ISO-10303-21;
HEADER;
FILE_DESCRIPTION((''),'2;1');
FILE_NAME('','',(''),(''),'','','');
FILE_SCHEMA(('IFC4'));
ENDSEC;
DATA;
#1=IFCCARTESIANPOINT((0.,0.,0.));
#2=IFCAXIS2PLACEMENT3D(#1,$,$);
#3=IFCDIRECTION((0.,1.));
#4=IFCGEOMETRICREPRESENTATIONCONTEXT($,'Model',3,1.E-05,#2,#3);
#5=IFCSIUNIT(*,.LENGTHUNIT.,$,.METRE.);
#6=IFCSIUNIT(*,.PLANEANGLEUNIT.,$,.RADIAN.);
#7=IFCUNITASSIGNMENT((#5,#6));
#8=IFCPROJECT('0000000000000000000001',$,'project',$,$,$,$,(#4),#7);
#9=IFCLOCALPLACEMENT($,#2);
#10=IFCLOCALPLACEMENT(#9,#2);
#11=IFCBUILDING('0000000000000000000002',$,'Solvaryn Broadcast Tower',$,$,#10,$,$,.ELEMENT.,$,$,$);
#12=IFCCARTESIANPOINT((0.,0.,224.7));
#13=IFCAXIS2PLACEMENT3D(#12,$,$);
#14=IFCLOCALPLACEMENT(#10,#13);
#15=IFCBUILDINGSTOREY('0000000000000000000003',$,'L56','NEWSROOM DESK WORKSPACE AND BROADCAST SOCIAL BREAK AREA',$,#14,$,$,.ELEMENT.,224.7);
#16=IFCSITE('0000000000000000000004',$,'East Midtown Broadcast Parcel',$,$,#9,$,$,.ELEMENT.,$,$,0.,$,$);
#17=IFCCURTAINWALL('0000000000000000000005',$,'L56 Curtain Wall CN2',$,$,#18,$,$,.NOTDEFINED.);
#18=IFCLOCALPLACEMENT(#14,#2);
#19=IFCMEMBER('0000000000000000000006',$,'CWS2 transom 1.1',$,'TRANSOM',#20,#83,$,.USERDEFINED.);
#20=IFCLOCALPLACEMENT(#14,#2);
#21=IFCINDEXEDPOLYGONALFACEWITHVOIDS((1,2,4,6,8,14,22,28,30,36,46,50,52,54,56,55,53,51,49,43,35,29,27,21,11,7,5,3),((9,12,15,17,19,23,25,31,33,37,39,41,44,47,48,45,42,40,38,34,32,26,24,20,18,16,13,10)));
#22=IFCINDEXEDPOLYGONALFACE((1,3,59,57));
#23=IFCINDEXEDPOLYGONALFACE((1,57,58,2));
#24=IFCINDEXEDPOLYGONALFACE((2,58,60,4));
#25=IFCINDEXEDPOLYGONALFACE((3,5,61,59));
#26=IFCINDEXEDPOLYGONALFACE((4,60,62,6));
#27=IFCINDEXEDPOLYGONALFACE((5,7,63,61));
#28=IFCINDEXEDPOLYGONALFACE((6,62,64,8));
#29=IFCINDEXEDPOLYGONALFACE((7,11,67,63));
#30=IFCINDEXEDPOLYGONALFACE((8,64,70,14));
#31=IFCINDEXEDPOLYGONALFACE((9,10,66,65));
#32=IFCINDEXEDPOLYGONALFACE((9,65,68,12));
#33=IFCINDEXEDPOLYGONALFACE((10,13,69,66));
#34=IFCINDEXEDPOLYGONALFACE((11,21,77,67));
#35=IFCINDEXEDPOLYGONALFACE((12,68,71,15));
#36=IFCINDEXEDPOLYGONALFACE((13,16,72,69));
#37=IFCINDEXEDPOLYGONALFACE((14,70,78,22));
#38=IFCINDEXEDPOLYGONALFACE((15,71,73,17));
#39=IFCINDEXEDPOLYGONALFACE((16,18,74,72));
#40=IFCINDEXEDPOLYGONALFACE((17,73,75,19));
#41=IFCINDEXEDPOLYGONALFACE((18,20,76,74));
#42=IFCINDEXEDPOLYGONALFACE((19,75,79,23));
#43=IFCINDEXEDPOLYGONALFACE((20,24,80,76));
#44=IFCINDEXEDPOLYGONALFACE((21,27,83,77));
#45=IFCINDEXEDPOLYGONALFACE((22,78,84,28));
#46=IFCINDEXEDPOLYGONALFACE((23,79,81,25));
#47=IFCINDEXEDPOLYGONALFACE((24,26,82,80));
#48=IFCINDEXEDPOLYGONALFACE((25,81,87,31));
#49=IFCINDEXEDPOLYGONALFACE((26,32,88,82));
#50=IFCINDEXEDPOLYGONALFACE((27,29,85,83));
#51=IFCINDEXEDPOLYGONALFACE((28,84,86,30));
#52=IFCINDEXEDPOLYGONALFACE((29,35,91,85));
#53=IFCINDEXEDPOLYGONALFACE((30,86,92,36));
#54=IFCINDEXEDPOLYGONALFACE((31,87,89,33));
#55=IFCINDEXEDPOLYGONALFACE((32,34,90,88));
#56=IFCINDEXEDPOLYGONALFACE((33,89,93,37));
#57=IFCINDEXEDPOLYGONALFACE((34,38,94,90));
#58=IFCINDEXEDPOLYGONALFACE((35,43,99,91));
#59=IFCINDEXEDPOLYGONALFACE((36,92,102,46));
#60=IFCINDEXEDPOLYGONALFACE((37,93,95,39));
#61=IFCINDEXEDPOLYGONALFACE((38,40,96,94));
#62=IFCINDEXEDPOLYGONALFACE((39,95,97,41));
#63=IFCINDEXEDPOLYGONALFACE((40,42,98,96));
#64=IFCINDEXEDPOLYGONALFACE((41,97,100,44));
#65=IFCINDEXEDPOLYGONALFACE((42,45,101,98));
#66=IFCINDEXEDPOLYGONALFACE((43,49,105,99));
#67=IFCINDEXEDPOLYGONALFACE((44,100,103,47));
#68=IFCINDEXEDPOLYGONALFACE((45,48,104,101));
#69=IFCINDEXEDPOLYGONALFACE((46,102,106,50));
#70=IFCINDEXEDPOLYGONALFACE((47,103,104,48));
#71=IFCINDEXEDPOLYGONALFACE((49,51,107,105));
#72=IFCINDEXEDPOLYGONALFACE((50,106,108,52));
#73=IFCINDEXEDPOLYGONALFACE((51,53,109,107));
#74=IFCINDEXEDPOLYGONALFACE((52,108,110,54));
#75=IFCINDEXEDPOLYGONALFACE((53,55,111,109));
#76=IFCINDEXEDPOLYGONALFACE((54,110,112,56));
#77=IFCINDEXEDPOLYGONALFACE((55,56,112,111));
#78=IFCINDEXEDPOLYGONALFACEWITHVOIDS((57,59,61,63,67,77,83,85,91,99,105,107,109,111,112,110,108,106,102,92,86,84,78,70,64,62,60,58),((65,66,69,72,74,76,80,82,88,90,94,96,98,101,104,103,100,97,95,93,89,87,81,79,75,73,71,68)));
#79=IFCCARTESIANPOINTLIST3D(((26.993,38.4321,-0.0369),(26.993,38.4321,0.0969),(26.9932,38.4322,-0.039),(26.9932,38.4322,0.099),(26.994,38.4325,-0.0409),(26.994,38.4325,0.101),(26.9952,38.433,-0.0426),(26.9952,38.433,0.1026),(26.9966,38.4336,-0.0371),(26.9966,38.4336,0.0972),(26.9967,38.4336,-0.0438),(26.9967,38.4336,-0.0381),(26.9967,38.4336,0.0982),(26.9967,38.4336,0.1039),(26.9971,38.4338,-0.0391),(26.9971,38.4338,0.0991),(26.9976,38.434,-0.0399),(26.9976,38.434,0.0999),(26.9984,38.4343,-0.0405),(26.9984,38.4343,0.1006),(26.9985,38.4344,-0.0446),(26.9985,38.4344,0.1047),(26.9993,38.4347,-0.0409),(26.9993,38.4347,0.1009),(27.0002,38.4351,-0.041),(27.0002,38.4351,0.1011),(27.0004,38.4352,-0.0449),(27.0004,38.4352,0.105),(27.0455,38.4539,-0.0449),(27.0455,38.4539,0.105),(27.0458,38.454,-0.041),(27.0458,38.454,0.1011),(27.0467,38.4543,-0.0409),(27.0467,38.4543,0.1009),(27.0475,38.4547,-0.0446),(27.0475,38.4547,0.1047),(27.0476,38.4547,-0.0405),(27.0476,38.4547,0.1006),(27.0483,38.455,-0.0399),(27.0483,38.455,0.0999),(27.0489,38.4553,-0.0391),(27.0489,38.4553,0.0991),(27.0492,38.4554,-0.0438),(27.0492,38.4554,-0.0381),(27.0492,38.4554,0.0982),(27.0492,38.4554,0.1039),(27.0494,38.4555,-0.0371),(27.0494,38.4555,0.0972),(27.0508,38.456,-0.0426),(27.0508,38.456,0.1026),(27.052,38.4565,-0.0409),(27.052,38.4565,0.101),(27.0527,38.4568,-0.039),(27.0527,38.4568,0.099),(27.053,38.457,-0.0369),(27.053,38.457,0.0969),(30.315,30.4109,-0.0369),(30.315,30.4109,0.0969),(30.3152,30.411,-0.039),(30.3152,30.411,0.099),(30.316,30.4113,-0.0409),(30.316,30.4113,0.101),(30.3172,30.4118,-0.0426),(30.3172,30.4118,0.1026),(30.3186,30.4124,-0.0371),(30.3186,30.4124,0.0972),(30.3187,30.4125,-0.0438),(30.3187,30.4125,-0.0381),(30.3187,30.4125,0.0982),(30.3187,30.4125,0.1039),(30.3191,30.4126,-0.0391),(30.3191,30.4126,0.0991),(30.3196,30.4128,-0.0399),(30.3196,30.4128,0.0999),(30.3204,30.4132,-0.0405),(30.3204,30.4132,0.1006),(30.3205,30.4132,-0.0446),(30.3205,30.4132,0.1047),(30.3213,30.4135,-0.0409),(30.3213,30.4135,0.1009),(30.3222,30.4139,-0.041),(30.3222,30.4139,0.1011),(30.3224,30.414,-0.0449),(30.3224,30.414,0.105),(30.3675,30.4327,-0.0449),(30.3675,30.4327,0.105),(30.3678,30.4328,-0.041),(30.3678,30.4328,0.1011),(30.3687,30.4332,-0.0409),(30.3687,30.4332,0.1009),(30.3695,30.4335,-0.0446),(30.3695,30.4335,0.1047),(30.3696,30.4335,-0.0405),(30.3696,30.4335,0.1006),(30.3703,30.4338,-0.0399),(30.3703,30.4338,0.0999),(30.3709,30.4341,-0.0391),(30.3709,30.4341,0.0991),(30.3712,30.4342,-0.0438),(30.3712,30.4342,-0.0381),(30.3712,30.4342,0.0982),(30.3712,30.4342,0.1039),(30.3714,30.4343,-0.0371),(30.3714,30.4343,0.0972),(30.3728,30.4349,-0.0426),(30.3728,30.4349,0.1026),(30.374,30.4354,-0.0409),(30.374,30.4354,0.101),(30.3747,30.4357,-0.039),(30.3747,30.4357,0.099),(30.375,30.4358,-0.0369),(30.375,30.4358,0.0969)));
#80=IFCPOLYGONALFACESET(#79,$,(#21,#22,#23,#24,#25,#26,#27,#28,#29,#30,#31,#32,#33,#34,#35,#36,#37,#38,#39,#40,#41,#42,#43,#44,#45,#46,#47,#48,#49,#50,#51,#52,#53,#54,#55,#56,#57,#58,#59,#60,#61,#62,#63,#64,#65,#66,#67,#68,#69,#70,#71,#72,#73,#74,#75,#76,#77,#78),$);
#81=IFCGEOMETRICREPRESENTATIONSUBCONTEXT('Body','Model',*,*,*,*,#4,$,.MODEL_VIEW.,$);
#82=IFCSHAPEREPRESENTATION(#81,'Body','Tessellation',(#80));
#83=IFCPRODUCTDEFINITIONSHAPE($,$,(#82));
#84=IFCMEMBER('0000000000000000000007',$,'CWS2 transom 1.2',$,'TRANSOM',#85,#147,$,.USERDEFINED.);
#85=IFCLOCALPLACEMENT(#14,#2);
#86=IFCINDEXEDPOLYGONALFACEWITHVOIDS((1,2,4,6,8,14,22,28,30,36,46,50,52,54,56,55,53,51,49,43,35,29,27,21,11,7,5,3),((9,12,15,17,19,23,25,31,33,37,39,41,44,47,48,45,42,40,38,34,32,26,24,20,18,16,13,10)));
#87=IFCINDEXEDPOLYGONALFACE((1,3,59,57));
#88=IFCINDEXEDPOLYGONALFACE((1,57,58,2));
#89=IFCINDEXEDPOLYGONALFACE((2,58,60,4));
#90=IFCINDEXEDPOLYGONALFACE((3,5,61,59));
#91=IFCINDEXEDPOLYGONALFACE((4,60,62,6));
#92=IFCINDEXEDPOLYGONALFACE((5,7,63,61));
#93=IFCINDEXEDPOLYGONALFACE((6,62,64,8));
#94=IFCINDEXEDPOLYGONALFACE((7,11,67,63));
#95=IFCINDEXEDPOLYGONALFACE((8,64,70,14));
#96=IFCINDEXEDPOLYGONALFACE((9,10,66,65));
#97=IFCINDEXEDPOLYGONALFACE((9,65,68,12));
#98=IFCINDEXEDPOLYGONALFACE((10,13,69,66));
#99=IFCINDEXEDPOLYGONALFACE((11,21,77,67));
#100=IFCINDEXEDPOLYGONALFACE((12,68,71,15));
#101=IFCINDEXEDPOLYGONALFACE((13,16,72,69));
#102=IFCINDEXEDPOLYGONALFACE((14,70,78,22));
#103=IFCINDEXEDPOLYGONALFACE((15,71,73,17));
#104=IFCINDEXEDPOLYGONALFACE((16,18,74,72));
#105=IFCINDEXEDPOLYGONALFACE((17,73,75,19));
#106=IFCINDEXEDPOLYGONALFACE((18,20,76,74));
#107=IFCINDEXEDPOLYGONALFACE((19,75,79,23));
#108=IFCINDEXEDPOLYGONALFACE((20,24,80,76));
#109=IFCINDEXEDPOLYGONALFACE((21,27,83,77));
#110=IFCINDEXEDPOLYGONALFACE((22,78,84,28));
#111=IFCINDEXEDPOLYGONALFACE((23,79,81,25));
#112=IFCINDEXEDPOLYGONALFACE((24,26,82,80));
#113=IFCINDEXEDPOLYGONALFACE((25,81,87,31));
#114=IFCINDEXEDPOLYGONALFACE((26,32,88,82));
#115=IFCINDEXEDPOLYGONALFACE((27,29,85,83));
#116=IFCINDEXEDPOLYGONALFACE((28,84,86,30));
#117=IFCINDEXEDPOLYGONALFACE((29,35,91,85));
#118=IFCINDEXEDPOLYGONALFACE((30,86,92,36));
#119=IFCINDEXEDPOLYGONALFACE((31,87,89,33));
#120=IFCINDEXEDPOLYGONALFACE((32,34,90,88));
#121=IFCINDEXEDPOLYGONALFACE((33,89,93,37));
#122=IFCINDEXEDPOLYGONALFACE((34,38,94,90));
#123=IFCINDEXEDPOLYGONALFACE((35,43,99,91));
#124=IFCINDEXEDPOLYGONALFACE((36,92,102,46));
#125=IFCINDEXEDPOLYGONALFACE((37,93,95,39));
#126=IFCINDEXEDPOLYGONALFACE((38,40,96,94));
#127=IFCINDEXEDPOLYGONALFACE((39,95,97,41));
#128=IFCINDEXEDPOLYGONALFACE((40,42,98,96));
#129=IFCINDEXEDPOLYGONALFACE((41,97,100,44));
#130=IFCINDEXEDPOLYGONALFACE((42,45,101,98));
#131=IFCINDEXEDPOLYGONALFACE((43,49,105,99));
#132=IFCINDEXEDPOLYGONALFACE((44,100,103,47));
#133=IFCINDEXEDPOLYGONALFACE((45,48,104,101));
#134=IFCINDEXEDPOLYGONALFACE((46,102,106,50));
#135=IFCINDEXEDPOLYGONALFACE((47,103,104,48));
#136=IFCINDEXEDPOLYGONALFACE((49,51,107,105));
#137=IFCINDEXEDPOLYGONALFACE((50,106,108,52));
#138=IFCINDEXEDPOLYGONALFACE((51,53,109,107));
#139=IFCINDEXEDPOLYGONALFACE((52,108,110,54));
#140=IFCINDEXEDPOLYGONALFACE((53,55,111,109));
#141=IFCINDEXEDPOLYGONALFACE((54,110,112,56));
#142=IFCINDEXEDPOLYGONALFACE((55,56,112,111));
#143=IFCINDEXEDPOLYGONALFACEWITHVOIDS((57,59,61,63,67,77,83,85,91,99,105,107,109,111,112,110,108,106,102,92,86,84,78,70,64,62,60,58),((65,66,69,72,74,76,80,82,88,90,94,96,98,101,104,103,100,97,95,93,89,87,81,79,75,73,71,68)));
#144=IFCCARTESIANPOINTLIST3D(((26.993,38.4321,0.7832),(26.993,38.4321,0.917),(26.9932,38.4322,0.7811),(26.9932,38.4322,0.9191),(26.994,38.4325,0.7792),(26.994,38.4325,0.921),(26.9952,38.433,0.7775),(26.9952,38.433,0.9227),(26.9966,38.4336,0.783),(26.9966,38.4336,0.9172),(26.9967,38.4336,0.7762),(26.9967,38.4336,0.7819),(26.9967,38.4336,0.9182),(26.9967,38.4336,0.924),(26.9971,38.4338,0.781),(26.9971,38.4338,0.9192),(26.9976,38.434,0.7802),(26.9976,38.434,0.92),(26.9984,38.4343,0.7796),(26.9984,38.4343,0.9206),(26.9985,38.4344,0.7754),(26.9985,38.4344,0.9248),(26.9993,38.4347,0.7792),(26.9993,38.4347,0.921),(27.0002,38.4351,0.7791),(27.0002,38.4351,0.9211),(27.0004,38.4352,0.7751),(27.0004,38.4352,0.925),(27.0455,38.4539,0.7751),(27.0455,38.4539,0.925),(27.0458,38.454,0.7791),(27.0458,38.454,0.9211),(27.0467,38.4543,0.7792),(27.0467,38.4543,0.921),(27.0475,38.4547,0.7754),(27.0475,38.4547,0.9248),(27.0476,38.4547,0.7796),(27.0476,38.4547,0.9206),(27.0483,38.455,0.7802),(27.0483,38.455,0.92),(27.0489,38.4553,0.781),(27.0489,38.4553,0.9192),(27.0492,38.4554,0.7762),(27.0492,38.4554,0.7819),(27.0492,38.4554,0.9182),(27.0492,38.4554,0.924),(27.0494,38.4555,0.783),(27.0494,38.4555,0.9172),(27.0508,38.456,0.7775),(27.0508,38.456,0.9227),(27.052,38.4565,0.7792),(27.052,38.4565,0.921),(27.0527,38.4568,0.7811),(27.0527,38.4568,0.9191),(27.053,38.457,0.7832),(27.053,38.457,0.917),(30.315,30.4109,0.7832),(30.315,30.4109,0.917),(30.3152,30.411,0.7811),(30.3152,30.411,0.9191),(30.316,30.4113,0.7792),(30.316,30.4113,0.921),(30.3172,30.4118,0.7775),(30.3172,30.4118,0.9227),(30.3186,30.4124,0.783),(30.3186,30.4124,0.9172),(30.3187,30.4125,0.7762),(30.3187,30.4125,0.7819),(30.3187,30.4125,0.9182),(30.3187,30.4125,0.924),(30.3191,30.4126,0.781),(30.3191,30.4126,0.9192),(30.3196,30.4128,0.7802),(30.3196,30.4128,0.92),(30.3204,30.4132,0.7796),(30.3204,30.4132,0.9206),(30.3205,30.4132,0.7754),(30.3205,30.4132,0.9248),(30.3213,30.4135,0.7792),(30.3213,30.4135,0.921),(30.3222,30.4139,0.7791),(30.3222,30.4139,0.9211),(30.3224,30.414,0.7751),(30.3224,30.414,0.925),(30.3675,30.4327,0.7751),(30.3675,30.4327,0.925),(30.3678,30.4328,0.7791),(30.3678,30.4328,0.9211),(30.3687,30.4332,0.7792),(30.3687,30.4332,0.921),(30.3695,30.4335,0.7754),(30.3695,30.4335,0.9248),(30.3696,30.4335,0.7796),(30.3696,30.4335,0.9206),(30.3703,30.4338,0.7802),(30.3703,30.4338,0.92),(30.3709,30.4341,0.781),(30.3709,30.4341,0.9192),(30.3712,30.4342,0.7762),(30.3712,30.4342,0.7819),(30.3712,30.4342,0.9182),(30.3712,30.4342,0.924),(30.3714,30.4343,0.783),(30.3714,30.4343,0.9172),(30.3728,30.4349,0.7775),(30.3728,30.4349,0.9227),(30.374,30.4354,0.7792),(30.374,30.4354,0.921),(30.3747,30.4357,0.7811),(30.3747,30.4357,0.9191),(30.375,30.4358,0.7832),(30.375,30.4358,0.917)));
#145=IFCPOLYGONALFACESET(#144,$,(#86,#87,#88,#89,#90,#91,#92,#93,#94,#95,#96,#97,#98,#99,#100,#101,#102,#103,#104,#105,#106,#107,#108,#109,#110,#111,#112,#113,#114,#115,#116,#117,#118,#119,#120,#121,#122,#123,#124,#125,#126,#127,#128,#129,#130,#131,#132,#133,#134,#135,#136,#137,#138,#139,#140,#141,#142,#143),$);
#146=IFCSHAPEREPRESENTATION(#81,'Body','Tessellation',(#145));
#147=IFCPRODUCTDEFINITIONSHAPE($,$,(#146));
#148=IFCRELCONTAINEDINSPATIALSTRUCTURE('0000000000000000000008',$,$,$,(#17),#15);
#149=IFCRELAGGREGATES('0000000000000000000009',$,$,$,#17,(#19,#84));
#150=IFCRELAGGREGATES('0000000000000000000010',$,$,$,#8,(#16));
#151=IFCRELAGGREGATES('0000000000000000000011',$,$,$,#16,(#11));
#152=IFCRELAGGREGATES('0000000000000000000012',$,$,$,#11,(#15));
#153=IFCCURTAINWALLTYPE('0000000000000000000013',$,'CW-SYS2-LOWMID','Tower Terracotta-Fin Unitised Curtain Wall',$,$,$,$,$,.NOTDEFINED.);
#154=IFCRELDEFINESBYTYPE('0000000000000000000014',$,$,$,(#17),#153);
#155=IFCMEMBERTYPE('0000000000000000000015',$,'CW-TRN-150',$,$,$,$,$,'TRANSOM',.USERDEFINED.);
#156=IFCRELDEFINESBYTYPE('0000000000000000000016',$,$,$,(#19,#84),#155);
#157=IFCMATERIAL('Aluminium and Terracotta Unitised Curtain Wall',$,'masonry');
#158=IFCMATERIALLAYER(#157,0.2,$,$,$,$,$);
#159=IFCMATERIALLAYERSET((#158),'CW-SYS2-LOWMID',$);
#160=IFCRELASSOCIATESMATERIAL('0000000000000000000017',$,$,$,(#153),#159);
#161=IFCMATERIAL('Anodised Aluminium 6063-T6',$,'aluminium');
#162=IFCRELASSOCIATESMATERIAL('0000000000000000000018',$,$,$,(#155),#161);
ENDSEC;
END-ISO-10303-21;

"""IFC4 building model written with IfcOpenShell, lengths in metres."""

from ifc_helpers import new_model, si_unit, direction, frame, origin, origin_2d, place, context, subcontext, project, spatial, hollow_rectangle, extrude, material, layer, layer_set, material_profile, profile_set, type_object, element, aggregate, save


model = new_model("IFC4")

# Units and contexts
model_context = context("Model", 3, precision=1e-05, world=origin(), true_north=direction((0.0, 1.0)))
body_context = subcontext(model_context, "Body", "Model", "MODEL_VIEW")
ifc_project = project(units=[si_unit("LENGTHUNIT", "METRE"), si_unit("PLANEANGLEUNIT", "RADIAN")], contexts=[model_context])

# Site, building, storey
site_placement = place(None, origin())
site = spatial("IfcSite", under=ifc_project, at=site_placement, Name="East Midtown Broadcast Parcel", CompositionType="ELEMENT", RefElevation=0.0)
building_placement = place(site_placement, origin())
building = spatial("IfcBuilding", under=site, at=building_placement, Name="Solvaryn Broadcast Tower", CompositionType="ELEMENT")
storey_placement = place(building_placement, frame((0.0, 0.0, 224.7)))
storey = spatial("IfcBuildingStorey", under=building, at=storey_placement, Name="L56", Description="NEWSROOM DESK WORKSPACE AND BROADCAST SOCIAL BREAK AREA", CompositionType="ELEMENT", Elevation=224.7)

# Shared definitions
ifc_material_1 = material(Name="Aluminium and Terracotta Unitised Curtain Wall", Category="masonry")
ifc_layer_1 = layer(ifc_material_1, 0.2)
ifc_layer_set_1 = layer_set([ifc_layer_1], Name="CW-SYS2-LOWMID")
curtain_wall_type = type_object("IfcCurtainWallType", Name="CW-SYS2-LOWMID", Description="Tower Terracotta-Fin Unitised Curtain Wall", PredefinedType="NOTDEFINED", material=ifc_layer_set_1)

# Curtain wall, members
curtain_wall_1_placement = place(storey_placement, origin())
curtain_wall_1 = element("IfcCurtainWall", 1, at=curtain_wall_1_placement, inside=storey, type_object=curtain_wall_type, Name="L56 Curtain Wall CN2", PredefinedType="NOTDEFINED")
ifc_material_2 = material(Name="Anodised Aluminium 6063-T6", Category="aluminium")
ifc_material_profile_1 = material_profile(ifc_material_2, hollow_rectangle(XDim=0.0649, YDim=0.1499, WallThickness=0.0039, InnerFilletRadius=0.0039, OuterFilletRadius=0.0081, at=origin_2d()))
ifc_profile_set_1 = profile_set([ifc_material_profile_1], Name="Anodised Aluminium 6063-T6")
member_type_1 = type_object("IfcMemberType", Name="CW-TRN-150", ElementType="TRANSOM", PredefinedType="USERDEFINED", material=ifc_profile_set_1)
member_1_placement = place(storey_placement, frame((30.345, 30.4233, 0.03), z_axis=(-0.382636, 0.923899, 0.0), x_axis=(-0.923899, -0.382636, 0.0)))
member_1 = element("IfcMember", 2, at=member_1_placement, type_object=member_type_1, Name="CWS2 transom 1.1", ObjectType="TRANSOM", PredefinedType="USERDEFINED", context=body_context, shape_type="SweptSolid", body=[
    extrude(hollow_rectangle(XDim=0.0649, YDim=0.1499, WallThickness=0.0039, InnerFilletRadius=0.0039, OuterFilletRadius=0.0081, at=origin_2d()), origin(), (0.0, 0.0, 1.0), 8.6819),
])
member_2_placement = place(storey_placement, frame((30.345, 30.4233, 0.8501), z_axis=(-0.382636, 0.923899, 0.0), x_axis=(-0.923899, -0.382636, 0.0)))
member_2 = element("IfcMember", 3, at=member_2_placement, type_object=member_type_1, Name="CWS2 transom 1.2", ObjectType="TRANSOM", PredefinedType="USERDEFINED", context=body_context, shape_type="SweptSolid", body=[
    extrude(hollow_rectangle(XDim=0.0649, YDim=0.1499, WallThickness=0.0039, InnerFilletRadius=0.0039, OuterFilletRadius=0.0081, at=origin_2d()), origin(), (0.0, 0.0, 1.0), 8.6819),
])

aggregate(curtain_wall_1, [member_1, member_2])

save(model, "model.ifc")
